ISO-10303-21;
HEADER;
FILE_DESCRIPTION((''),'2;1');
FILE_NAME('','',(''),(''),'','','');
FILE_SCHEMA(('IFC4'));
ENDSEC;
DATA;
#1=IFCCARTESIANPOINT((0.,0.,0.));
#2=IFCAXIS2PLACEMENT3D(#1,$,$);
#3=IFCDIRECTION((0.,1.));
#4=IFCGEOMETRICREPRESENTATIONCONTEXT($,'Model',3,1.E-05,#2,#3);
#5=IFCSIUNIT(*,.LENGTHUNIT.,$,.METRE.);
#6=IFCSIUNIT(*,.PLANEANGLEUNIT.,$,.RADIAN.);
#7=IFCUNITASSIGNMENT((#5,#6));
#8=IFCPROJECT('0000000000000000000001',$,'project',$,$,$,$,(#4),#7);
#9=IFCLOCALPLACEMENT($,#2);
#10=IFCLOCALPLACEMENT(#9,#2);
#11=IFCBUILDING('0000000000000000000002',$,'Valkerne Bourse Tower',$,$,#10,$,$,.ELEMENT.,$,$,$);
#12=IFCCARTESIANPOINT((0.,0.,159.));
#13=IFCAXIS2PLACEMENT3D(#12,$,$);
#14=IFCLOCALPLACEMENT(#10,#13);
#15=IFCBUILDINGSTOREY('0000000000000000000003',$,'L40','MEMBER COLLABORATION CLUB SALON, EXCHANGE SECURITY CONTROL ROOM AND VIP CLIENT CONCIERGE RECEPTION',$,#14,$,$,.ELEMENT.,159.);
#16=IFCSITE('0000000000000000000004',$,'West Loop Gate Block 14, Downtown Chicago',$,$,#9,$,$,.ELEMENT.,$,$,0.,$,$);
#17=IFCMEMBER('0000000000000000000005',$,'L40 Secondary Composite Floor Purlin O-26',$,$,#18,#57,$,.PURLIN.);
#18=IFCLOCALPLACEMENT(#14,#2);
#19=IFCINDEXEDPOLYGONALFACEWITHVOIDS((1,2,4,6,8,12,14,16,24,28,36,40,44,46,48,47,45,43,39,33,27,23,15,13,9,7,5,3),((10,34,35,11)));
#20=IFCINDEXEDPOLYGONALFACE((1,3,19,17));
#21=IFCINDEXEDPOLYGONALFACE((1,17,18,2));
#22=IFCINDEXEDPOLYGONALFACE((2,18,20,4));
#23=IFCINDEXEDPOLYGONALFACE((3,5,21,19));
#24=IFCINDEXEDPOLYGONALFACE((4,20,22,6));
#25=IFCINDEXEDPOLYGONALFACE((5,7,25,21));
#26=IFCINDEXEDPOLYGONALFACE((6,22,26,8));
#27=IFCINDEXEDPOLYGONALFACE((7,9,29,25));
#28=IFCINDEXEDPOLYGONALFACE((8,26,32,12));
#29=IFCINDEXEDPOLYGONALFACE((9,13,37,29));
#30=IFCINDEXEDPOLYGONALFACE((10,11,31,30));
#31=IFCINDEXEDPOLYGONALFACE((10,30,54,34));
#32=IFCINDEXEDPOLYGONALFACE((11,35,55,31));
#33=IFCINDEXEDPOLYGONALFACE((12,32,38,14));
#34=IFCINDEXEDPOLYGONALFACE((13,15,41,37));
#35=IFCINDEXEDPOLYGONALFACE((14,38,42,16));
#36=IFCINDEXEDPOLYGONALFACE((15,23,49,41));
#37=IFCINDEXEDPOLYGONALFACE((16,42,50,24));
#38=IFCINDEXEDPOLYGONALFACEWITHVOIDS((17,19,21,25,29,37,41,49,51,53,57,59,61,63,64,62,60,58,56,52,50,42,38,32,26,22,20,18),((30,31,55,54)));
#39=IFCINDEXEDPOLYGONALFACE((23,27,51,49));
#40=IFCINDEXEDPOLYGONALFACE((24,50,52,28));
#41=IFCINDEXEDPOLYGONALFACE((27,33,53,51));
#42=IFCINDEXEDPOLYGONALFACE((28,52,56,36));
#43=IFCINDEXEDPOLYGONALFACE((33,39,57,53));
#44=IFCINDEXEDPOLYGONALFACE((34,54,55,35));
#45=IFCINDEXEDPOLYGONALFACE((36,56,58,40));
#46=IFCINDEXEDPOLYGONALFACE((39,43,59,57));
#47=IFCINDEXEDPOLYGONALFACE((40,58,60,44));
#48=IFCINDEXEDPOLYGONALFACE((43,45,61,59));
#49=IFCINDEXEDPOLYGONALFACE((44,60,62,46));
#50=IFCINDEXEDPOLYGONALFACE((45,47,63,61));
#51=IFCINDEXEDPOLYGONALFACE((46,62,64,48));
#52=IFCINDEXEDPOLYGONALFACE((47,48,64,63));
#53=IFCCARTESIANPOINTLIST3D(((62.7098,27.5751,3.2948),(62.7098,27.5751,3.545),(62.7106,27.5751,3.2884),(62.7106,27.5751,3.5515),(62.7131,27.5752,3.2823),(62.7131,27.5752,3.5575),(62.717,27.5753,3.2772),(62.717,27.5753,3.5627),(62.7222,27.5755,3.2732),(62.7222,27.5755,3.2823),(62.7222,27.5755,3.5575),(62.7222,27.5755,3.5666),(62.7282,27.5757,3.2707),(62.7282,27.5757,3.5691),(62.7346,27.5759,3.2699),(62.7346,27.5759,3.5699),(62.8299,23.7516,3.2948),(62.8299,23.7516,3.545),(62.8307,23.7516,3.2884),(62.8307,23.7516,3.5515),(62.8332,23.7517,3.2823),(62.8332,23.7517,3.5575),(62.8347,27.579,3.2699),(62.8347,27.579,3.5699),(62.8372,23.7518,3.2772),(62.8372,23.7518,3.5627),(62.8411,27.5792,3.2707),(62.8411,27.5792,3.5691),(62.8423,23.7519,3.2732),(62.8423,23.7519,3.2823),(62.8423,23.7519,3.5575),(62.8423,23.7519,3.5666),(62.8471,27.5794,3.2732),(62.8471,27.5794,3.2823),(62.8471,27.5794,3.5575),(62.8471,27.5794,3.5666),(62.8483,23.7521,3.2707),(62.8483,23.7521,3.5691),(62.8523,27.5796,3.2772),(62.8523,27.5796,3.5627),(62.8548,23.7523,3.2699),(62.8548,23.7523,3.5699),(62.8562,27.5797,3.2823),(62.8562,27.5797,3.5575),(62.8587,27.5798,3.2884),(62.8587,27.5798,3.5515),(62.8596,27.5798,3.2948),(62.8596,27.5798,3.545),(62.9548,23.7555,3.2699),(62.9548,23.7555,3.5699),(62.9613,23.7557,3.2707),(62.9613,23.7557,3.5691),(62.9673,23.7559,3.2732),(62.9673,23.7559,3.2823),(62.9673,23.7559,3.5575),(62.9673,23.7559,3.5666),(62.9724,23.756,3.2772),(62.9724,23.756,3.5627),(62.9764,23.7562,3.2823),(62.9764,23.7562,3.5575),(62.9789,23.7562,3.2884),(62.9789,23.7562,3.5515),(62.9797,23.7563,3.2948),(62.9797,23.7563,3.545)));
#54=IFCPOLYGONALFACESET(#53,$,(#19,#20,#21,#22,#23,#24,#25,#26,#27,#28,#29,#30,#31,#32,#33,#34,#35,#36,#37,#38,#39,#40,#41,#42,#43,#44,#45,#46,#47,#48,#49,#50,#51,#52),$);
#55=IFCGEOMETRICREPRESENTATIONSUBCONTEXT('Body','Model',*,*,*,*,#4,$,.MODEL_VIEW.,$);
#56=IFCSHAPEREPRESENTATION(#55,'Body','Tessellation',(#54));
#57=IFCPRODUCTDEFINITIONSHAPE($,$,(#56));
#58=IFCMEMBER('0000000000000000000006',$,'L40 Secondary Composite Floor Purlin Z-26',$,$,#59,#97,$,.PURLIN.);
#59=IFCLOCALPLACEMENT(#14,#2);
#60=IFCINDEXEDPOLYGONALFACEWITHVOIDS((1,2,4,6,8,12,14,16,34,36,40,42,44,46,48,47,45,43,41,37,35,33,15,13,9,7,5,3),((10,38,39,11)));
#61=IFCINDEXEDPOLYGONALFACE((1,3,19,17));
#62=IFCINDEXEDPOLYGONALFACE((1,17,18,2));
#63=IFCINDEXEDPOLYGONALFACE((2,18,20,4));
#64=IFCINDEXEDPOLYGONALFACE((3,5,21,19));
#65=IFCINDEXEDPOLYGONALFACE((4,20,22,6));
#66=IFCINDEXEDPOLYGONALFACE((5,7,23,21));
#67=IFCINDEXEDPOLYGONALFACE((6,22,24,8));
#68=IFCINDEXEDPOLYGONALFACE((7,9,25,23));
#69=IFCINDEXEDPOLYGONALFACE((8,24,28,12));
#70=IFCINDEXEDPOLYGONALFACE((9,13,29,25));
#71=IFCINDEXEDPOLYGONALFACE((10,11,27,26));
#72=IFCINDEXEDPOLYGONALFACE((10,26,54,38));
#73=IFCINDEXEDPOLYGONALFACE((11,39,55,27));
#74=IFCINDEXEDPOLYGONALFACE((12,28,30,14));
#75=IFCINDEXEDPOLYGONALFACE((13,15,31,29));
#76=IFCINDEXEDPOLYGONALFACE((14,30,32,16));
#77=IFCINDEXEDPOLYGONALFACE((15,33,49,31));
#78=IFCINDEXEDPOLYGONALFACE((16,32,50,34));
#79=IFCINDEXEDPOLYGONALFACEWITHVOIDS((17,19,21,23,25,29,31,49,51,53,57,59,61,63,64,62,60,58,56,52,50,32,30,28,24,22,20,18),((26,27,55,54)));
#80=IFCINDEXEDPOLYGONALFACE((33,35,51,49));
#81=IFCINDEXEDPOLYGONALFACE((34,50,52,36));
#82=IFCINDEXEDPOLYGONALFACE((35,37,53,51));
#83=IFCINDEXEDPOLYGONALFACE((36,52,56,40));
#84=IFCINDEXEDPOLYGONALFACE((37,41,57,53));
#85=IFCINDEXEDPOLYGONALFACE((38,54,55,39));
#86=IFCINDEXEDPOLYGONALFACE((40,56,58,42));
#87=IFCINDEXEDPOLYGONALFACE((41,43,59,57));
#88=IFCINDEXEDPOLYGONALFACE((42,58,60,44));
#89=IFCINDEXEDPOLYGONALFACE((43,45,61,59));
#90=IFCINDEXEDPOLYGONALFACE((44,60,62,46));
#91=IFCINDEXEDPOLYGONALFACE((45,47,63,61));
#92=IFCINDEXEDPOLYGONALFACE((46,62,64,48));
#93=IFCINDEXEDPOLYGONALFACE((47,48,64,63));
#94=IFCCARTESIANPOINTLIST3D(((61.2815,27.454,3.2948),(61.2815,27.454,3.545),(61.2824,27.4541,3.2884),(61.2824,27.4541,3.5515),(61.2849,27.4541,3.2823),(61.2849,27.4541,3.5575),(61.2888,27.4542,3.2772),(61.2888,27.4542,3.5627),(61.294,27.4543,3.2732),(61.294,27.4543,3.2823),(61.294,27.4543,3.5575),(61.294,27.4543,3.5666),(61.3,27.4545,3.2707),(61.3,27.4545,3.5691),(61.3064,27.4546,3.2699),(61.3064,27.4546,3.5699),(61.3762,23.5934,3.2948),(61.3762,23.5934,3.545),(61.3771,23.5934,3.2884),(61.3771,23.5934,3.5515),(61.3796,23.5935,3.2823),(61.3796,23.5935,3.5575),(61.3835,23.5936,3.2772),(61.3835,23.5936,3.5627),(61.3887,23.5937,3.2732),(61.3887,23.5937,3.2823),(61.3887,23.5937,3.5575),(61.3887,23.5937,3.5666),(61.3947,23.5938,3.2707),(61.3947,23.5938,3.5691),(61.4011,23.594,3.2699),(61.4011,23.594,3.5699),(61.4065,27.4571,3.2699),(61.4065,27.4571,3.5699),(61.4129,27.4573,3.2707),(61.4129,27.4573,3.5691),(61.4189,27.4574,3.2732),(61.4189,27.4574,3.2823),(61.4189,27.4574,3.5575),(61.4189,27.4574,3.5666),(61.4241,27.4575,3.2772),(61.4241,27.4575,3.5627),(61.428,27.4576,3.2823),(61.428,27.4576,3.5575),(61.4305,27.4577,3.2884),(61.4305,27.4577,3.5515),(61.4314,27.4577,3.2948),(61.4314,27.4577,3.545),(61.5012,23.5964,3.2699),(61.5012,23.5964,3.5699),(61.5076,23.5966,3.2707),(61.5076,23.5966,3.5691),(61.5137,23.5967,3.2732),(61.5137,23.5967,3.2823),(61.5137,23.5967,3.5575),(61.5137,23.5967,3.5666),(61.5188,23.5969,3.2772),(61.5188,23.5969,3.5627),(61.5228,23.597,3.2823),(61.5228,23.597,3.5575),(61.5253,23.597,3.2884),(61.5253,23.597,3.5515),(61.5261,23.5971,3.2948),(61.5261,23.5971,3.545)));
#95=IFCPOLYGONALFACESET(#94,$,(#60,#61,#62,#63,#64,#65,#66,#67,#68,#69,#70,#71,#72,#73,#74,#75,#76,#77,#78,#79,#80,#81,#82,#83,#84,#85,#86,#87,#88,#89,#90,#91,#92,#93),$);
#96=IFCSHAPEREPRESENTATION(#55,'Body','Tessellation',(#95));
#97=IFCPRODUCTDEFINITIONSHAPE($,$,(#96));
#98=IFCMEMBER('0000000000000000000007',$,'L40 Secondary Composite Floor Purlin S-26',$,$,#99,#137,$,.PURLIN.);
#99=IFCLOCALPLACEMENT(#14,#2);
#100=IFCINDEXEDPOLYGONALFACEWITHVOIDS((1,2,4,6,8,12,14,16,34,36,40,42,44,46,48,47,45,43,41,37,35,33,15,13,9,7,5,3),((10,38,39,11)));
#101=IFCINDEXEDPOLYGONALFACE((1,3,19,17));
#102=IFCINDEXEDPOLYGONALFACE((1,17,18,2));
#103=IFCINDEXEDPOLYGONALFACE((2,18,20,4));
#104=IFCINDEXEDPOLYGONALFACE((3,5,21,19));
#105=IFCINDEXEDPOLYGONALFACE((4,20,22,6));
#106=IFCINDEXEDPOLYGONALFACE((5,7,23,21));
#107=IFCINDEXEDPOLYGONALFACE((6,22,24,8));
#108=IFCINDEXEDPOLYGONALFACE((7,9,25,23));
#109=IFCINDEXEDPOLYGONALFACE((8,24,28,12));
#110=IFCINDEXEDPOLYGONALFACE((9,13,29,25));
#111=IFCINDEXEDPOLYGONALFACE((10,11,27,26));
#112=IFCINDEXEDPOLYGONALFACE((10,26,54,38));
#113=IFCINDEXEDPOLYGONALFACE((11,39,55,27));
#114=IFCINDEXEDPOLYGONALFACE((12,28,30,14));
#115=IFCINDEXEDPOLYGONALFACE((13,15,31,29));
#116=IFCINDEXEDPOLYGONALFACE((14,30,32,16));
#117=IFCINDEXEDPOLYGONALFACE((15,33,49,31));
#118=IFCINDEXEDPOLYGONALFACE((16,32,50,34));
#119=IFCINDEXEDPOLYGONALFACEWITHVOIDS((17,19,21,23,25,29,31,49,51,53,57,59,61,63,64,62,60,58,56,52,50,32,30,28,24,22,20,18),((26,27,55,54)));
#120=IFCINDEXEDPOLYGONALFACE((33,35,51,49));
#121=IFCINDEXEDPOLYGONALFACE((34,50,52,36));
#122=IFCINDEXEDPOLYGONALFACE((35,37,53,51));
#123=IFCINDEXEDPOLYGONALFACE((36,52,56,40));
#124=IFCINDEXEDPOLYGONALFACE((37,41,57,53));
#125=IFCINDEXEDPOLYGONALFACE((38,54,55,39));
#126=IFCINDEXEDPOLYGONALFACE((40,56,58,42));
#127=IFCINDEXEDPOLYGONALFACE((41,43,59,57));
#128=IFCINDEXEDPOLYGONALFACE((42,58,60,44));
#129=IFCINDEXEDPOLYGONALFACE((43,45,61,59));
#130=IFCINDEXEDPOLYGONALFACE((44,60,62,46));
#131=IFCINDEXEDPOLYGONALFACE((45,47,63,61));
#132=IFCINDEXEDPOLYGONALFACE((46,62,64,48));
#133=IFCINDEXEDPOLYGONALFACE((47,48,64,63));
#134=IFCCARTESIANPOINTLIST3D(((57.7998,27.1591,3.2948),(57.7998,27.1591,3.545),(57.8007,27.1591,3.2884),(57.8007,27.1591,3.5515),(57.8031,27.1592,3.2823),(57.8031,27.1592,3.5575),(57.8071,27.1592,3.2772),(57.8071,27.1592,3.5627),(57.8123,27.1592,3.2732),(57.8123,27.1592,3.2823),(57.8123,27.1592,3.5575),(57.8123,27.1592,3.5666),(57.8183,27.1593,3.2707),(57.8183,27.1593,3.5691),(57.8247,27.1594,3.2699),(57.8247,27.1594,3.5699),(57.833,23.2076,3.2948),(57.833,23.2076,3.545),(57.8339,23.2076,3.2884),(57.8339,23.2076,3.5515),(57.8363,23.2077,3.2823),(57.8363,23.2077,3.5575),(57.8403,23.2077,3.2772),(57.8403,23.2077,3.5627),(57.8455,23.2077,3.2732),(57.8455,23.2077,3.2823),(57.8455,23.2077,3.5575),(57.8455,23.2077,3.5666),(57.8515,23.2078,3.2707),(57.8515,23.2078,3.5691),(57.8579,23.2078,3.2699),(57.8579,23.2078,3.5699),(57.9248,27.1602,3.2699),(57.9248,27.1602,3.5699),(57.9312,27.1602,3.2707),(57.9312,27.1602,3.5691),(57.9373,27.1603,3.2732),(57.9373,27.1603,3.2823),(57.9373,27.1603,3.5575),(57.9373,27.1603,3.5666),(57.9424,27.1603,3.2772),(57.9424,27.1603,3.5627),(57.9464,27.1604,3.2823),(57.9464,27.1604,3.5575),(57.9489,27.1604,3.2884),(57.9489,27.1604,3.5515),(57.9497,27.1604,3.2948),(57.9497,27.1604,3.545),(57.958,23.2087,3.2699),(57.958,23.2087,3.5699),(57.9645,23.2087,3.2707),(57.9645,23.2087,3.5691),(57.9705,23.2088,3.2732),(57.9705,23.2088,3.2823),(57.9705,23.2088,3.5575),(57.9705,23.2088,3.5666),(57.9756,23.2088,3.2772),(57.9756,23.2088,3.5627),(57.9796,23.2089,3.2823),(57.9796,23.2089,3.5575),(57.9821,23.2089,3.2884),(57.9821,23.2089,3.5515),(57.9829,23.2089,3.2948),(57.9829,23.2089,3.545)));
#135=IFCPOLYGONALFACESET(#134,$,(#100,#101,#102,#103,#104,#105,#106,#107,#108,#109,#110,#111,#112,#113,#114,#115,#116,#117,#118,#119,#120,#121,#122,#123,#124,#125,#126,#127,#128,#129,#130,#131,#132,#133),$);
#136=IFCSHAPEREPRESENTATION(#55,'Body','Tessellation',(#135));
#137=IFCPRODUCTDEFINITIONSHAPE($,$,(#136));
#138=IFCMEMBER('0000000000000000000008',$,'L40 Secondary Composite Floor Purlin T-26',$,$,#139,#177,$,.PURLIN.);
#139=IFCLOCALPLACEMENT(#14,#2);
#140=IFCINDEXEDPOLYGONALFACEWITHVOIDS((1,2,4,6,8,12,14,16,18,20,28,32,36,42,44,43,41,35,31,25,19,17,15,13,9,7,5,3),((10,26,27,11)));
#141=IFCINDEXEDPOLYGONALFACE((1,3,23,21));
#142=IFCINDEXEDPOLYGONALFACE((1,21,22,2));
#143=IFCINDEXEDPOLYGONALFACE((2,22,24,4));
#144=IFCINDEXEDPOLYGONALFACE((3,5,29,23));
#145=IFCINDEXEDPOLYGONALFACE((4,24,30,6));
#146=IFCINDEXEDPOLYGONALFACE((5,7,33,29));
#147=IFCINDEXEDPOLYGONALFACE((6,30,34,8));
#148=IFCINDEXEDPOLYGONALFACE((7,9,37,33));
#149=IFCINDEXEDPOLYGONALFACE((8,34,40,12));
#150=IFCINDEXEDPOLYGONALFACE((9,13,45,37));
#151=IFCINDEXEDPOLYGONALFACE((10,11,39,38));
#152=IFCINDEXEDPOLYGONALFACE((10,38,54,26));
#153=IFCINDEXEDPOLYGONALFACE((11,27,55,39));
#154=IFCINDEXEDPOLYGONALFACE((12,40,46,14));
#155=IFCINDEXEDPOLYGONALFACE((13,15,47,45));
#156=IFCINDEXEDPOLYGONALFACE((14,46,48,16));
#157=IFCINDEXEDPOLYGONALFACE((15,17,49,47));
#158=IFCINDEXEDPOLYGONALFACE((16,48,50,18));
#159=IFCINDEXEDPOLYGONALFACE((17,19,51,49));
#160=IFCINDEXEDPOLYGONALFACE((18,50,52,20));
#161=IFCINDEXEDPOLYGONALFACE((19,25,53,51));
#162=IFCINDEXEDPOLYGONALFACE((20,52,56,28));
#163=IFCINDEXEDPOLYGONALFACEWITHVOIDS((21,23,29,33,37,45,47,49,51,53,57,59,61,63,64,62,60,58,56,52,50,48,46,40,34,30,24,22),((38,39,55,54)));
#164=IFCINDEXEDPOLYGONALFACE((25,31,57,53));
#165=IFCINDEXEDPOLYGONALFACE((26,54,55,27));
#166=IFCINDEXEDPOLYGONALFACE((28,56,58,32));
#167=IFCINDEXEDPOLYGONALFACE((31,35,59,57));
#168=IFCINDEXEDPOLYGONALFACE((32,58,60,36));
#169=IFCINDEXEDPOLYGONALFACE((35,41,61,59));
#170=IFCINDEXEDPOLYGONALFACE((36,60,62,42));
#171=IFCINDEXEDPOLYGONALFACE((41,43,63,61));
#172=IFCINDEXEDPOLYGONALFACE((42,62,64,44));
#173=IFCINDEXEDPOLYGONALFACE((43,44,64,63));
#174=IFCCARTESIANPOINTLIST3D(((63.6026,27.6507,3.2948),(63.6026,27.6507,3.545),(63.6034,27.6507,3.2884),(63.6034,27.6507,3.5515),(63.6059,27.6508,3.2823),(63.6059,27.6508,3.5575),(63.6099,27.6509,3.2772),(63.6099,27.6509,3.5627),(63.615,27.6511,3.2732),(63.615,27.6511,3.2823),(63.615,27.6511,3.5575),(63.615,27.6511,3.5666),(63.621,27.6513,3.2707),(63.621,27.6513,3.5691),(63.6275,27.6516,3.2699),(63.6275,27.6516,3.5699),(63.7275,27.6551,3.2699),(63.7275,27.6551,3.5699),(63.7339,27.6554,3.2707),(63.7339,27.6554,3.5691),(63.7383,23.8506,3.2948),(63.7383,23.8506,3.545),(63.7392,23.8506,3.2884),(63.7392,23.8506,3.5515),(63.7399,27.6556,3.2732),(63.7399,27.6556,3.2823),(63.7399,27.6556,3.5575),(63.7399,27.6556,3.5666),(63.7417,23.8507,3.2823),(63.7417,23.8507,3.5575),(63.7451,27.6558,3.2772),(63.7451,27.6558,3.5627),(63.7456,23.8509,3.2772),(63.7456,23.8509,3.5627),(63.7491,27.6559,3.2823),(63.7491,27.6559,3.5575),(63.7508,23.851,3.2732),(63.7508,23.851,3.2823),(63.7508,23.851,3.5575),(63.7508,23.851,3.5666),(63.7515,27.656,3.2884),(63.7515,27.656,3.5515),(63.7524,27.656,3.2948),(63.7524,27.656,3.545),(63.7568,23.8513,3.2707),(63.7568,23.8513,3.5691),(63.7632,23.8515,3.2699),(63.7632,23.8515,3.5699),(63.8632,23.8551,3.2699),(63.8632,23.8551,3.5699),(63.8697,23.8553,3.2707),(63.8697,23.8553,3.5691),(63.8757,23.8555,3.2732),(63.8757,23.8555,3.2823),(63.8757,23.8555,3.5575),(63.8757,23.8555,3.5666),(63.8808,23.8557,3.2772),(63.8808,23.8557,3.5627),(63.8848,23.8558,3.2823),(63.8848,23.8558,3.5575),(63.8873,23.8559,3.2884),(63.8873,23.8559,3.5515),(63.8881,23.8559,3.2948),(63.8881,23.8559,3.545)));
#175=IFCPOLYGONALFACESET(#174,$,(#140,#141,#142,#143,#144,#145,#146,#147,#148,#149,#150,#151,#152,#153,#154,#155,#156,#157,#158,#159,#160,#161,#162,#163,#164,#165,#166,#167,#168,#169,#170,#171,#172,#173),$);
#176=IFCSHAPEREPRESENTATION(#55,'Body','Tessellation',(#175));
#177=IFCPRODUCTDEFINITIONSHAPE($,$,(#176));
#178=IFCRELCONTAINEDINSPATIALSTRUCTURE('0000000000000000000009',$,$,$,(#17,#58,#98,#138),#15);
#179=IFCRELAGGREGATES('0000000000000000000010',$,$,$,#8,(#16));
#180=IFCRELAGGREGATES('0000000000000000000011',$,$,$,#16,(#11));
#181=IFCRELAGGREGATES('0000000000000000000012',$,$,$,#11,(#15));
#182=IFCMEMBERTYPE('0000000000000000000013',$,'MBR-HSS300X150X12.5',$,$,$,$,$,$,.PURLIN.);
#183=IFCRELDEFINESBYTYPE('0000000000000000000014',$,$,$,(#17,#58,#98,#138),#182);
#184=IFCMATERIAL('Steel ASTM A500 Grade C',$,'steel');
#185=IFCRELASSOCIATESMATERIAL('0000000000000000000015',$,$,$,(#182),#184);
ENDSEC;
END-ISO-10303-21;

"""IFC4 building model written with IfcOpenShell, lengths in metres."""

from ifc_helpers import new_model, si_unit, direction, frame, origin, origin_2d, place, context, subcontext, project, spatial, hollow_rectangle, extrude, material, material_profile, profile_set, type_object, element, save


model = new_model("IFC4")

# Units and contexts
model_context = context("Model", 3, precision=1e-05, world=origin(), true_north=direction((0.0, 1.0)))
body_context = subcontext(model_context, "Body", "Model", "MODEL_VIEW")
ifc_project = project(units=[si_unit("LENGTHUNIT", "METRE"), si_unit("PLANEANGLEUNIT", "RADIAN")], contexts=[model_context])

# Site, building, storey
site_placement = place(None, origin())
site = spatial("IfcSite", under=ifc_project, at=site_placement, Name="West Loop Gate Block 14, Downtown Chicago", CompositionType="ELEMENT", RefElevation=0.0)
building_placement = place(site_placement, origin())
building = spatial("IfcBuilding", under=site, at=building_placement, Name="Valkerne Bourse Tower", CompositionType="ELEMENT")
storey_placement = place(building_placement, frame((0.0, 0.0, 159.0)))
storey = spatial("IfcBuildingStorey", under=building, at=storey_placement, Name="L40", Description="MEMBER COLLABORATION CLUB SALON, EXCHANGE SECURITY CONTROL ROOM AND VIP CLIENT CONCIERGE RECEPTION", CompositionType="ELEMENT", Elevation=159.0)

# Members
ifc_material_1 = material(Name="Steel ASTM A500 Grade C", Category="steel")
ifc_material_profile_1 = material_profile(ifc_material_1, hollow_rectangle(XDim=0.1499, YDim=0.3, WallThickness=0.0125, OuterFilletRadius=0.0249, at=origin_2d()), Name="HSS300X150X12.5")
ifc_profile_set_1 = profile_set([ifc_material_profile_1], Name="Steel ASTM A500 Grade C")
member_type_1 = type_object("IfcMemberType", Name="MBR-HSS300X150X12.5", PredefinedType="PURLIN", material=ifc_profile_set_1)
member_1_placement = place(storey_placement, frame((62.9048, 23.7539, 3.4199), z_axis=(-0.0314, 0.999507, 0.0), x_axis=(-0.999507, -0.0314, 0.0)))
element("IfcMember", 1, at=member_1_placement, inside=storey, type_object=member_type_1, Name="L40 Secondary Composite Floor Purlin O-26", PredefinedType="PURLIN", context=body_context, shape_type="SweptSolid", body=[
    extrude(hollow_rectangle(XDim=0.1499, YDim=0.3, WallThickness=0.0125, OuterFilletRadius=0.0249, at=origin_2d()), origin(), (0.0, 0.0, 1.0), 3.8254),
])
member_2_placement = place(storey_placement, frame((61.4512, 23.5952, 3.4199), z_axis=(-0.024529, 0.999699, 0.0), x_axis=(-0.999699, -0.024529, 0.0)))
element("IfcMember", 2, at=member_2_placement, inside=storey, type_object=member_type_1, Name="L40 Secondary Composite Floor Purlin Z-26", PredefinedType="PURLIN", context=body_context, shape_type="SweptSolid", body=[
    extrude(hollow_rectangle(XDim=0.1499, YDim=0.3, WallThickness=0.0125, OuterFilletRadius=0.0249, at=origin_2d()), origin(), (0.0, 0.0, 1.0), 3.8618),
])
member_3_placement = place(storey_placement, frame((57.908, 23.2083, 3.4199), z_axis=(-0.008403, 0.999965, 0.0), x_axis=(-0.999965, -0.008403, 0.0)))
element("IfcMember", 3, at=member_3_placement, inside=storey, type_object=member_type_1, Name="L40 Secondary Composite Floor Purlin S-26", PredefinedType="PURLIN", context=body_context, shape_type="SweptSolid", body=[
    extrude(hollow_rectangle(XDim=0.1499, YDim=0.3, WallThickness=0.0125, OuterFilletRadius=0.0249, at=origin_2d()), origin(), (0.0, 0.0, 1.0), 3.9517),
])
member_4_placement = place(storey_placement, frame((63.8132, 23.8533, 3.4199), z_axis=(-0.035698, 0.999363, 0.0), x_axis=(-0.999363, -0.035698, 0.0)))
element("IfcMember", 4, at=member_4_placement, inside=storey, type_object=member_type_1, Name="L40 Secondary Composite Floor Purlin T-26", PredefinedType="PURLIN", context=body_context, shape_type="SweptSolid", body=[
    extrude(hollow_rectangle(XDim=0.1499, YDim=0.3, WallThickness=0.0125, OuterFilletRadius=0.0249, at=origin_2d()), origin(), (0.0, 0.0, 1.0), 3.8025),
])

save(model, "model.ifc")
